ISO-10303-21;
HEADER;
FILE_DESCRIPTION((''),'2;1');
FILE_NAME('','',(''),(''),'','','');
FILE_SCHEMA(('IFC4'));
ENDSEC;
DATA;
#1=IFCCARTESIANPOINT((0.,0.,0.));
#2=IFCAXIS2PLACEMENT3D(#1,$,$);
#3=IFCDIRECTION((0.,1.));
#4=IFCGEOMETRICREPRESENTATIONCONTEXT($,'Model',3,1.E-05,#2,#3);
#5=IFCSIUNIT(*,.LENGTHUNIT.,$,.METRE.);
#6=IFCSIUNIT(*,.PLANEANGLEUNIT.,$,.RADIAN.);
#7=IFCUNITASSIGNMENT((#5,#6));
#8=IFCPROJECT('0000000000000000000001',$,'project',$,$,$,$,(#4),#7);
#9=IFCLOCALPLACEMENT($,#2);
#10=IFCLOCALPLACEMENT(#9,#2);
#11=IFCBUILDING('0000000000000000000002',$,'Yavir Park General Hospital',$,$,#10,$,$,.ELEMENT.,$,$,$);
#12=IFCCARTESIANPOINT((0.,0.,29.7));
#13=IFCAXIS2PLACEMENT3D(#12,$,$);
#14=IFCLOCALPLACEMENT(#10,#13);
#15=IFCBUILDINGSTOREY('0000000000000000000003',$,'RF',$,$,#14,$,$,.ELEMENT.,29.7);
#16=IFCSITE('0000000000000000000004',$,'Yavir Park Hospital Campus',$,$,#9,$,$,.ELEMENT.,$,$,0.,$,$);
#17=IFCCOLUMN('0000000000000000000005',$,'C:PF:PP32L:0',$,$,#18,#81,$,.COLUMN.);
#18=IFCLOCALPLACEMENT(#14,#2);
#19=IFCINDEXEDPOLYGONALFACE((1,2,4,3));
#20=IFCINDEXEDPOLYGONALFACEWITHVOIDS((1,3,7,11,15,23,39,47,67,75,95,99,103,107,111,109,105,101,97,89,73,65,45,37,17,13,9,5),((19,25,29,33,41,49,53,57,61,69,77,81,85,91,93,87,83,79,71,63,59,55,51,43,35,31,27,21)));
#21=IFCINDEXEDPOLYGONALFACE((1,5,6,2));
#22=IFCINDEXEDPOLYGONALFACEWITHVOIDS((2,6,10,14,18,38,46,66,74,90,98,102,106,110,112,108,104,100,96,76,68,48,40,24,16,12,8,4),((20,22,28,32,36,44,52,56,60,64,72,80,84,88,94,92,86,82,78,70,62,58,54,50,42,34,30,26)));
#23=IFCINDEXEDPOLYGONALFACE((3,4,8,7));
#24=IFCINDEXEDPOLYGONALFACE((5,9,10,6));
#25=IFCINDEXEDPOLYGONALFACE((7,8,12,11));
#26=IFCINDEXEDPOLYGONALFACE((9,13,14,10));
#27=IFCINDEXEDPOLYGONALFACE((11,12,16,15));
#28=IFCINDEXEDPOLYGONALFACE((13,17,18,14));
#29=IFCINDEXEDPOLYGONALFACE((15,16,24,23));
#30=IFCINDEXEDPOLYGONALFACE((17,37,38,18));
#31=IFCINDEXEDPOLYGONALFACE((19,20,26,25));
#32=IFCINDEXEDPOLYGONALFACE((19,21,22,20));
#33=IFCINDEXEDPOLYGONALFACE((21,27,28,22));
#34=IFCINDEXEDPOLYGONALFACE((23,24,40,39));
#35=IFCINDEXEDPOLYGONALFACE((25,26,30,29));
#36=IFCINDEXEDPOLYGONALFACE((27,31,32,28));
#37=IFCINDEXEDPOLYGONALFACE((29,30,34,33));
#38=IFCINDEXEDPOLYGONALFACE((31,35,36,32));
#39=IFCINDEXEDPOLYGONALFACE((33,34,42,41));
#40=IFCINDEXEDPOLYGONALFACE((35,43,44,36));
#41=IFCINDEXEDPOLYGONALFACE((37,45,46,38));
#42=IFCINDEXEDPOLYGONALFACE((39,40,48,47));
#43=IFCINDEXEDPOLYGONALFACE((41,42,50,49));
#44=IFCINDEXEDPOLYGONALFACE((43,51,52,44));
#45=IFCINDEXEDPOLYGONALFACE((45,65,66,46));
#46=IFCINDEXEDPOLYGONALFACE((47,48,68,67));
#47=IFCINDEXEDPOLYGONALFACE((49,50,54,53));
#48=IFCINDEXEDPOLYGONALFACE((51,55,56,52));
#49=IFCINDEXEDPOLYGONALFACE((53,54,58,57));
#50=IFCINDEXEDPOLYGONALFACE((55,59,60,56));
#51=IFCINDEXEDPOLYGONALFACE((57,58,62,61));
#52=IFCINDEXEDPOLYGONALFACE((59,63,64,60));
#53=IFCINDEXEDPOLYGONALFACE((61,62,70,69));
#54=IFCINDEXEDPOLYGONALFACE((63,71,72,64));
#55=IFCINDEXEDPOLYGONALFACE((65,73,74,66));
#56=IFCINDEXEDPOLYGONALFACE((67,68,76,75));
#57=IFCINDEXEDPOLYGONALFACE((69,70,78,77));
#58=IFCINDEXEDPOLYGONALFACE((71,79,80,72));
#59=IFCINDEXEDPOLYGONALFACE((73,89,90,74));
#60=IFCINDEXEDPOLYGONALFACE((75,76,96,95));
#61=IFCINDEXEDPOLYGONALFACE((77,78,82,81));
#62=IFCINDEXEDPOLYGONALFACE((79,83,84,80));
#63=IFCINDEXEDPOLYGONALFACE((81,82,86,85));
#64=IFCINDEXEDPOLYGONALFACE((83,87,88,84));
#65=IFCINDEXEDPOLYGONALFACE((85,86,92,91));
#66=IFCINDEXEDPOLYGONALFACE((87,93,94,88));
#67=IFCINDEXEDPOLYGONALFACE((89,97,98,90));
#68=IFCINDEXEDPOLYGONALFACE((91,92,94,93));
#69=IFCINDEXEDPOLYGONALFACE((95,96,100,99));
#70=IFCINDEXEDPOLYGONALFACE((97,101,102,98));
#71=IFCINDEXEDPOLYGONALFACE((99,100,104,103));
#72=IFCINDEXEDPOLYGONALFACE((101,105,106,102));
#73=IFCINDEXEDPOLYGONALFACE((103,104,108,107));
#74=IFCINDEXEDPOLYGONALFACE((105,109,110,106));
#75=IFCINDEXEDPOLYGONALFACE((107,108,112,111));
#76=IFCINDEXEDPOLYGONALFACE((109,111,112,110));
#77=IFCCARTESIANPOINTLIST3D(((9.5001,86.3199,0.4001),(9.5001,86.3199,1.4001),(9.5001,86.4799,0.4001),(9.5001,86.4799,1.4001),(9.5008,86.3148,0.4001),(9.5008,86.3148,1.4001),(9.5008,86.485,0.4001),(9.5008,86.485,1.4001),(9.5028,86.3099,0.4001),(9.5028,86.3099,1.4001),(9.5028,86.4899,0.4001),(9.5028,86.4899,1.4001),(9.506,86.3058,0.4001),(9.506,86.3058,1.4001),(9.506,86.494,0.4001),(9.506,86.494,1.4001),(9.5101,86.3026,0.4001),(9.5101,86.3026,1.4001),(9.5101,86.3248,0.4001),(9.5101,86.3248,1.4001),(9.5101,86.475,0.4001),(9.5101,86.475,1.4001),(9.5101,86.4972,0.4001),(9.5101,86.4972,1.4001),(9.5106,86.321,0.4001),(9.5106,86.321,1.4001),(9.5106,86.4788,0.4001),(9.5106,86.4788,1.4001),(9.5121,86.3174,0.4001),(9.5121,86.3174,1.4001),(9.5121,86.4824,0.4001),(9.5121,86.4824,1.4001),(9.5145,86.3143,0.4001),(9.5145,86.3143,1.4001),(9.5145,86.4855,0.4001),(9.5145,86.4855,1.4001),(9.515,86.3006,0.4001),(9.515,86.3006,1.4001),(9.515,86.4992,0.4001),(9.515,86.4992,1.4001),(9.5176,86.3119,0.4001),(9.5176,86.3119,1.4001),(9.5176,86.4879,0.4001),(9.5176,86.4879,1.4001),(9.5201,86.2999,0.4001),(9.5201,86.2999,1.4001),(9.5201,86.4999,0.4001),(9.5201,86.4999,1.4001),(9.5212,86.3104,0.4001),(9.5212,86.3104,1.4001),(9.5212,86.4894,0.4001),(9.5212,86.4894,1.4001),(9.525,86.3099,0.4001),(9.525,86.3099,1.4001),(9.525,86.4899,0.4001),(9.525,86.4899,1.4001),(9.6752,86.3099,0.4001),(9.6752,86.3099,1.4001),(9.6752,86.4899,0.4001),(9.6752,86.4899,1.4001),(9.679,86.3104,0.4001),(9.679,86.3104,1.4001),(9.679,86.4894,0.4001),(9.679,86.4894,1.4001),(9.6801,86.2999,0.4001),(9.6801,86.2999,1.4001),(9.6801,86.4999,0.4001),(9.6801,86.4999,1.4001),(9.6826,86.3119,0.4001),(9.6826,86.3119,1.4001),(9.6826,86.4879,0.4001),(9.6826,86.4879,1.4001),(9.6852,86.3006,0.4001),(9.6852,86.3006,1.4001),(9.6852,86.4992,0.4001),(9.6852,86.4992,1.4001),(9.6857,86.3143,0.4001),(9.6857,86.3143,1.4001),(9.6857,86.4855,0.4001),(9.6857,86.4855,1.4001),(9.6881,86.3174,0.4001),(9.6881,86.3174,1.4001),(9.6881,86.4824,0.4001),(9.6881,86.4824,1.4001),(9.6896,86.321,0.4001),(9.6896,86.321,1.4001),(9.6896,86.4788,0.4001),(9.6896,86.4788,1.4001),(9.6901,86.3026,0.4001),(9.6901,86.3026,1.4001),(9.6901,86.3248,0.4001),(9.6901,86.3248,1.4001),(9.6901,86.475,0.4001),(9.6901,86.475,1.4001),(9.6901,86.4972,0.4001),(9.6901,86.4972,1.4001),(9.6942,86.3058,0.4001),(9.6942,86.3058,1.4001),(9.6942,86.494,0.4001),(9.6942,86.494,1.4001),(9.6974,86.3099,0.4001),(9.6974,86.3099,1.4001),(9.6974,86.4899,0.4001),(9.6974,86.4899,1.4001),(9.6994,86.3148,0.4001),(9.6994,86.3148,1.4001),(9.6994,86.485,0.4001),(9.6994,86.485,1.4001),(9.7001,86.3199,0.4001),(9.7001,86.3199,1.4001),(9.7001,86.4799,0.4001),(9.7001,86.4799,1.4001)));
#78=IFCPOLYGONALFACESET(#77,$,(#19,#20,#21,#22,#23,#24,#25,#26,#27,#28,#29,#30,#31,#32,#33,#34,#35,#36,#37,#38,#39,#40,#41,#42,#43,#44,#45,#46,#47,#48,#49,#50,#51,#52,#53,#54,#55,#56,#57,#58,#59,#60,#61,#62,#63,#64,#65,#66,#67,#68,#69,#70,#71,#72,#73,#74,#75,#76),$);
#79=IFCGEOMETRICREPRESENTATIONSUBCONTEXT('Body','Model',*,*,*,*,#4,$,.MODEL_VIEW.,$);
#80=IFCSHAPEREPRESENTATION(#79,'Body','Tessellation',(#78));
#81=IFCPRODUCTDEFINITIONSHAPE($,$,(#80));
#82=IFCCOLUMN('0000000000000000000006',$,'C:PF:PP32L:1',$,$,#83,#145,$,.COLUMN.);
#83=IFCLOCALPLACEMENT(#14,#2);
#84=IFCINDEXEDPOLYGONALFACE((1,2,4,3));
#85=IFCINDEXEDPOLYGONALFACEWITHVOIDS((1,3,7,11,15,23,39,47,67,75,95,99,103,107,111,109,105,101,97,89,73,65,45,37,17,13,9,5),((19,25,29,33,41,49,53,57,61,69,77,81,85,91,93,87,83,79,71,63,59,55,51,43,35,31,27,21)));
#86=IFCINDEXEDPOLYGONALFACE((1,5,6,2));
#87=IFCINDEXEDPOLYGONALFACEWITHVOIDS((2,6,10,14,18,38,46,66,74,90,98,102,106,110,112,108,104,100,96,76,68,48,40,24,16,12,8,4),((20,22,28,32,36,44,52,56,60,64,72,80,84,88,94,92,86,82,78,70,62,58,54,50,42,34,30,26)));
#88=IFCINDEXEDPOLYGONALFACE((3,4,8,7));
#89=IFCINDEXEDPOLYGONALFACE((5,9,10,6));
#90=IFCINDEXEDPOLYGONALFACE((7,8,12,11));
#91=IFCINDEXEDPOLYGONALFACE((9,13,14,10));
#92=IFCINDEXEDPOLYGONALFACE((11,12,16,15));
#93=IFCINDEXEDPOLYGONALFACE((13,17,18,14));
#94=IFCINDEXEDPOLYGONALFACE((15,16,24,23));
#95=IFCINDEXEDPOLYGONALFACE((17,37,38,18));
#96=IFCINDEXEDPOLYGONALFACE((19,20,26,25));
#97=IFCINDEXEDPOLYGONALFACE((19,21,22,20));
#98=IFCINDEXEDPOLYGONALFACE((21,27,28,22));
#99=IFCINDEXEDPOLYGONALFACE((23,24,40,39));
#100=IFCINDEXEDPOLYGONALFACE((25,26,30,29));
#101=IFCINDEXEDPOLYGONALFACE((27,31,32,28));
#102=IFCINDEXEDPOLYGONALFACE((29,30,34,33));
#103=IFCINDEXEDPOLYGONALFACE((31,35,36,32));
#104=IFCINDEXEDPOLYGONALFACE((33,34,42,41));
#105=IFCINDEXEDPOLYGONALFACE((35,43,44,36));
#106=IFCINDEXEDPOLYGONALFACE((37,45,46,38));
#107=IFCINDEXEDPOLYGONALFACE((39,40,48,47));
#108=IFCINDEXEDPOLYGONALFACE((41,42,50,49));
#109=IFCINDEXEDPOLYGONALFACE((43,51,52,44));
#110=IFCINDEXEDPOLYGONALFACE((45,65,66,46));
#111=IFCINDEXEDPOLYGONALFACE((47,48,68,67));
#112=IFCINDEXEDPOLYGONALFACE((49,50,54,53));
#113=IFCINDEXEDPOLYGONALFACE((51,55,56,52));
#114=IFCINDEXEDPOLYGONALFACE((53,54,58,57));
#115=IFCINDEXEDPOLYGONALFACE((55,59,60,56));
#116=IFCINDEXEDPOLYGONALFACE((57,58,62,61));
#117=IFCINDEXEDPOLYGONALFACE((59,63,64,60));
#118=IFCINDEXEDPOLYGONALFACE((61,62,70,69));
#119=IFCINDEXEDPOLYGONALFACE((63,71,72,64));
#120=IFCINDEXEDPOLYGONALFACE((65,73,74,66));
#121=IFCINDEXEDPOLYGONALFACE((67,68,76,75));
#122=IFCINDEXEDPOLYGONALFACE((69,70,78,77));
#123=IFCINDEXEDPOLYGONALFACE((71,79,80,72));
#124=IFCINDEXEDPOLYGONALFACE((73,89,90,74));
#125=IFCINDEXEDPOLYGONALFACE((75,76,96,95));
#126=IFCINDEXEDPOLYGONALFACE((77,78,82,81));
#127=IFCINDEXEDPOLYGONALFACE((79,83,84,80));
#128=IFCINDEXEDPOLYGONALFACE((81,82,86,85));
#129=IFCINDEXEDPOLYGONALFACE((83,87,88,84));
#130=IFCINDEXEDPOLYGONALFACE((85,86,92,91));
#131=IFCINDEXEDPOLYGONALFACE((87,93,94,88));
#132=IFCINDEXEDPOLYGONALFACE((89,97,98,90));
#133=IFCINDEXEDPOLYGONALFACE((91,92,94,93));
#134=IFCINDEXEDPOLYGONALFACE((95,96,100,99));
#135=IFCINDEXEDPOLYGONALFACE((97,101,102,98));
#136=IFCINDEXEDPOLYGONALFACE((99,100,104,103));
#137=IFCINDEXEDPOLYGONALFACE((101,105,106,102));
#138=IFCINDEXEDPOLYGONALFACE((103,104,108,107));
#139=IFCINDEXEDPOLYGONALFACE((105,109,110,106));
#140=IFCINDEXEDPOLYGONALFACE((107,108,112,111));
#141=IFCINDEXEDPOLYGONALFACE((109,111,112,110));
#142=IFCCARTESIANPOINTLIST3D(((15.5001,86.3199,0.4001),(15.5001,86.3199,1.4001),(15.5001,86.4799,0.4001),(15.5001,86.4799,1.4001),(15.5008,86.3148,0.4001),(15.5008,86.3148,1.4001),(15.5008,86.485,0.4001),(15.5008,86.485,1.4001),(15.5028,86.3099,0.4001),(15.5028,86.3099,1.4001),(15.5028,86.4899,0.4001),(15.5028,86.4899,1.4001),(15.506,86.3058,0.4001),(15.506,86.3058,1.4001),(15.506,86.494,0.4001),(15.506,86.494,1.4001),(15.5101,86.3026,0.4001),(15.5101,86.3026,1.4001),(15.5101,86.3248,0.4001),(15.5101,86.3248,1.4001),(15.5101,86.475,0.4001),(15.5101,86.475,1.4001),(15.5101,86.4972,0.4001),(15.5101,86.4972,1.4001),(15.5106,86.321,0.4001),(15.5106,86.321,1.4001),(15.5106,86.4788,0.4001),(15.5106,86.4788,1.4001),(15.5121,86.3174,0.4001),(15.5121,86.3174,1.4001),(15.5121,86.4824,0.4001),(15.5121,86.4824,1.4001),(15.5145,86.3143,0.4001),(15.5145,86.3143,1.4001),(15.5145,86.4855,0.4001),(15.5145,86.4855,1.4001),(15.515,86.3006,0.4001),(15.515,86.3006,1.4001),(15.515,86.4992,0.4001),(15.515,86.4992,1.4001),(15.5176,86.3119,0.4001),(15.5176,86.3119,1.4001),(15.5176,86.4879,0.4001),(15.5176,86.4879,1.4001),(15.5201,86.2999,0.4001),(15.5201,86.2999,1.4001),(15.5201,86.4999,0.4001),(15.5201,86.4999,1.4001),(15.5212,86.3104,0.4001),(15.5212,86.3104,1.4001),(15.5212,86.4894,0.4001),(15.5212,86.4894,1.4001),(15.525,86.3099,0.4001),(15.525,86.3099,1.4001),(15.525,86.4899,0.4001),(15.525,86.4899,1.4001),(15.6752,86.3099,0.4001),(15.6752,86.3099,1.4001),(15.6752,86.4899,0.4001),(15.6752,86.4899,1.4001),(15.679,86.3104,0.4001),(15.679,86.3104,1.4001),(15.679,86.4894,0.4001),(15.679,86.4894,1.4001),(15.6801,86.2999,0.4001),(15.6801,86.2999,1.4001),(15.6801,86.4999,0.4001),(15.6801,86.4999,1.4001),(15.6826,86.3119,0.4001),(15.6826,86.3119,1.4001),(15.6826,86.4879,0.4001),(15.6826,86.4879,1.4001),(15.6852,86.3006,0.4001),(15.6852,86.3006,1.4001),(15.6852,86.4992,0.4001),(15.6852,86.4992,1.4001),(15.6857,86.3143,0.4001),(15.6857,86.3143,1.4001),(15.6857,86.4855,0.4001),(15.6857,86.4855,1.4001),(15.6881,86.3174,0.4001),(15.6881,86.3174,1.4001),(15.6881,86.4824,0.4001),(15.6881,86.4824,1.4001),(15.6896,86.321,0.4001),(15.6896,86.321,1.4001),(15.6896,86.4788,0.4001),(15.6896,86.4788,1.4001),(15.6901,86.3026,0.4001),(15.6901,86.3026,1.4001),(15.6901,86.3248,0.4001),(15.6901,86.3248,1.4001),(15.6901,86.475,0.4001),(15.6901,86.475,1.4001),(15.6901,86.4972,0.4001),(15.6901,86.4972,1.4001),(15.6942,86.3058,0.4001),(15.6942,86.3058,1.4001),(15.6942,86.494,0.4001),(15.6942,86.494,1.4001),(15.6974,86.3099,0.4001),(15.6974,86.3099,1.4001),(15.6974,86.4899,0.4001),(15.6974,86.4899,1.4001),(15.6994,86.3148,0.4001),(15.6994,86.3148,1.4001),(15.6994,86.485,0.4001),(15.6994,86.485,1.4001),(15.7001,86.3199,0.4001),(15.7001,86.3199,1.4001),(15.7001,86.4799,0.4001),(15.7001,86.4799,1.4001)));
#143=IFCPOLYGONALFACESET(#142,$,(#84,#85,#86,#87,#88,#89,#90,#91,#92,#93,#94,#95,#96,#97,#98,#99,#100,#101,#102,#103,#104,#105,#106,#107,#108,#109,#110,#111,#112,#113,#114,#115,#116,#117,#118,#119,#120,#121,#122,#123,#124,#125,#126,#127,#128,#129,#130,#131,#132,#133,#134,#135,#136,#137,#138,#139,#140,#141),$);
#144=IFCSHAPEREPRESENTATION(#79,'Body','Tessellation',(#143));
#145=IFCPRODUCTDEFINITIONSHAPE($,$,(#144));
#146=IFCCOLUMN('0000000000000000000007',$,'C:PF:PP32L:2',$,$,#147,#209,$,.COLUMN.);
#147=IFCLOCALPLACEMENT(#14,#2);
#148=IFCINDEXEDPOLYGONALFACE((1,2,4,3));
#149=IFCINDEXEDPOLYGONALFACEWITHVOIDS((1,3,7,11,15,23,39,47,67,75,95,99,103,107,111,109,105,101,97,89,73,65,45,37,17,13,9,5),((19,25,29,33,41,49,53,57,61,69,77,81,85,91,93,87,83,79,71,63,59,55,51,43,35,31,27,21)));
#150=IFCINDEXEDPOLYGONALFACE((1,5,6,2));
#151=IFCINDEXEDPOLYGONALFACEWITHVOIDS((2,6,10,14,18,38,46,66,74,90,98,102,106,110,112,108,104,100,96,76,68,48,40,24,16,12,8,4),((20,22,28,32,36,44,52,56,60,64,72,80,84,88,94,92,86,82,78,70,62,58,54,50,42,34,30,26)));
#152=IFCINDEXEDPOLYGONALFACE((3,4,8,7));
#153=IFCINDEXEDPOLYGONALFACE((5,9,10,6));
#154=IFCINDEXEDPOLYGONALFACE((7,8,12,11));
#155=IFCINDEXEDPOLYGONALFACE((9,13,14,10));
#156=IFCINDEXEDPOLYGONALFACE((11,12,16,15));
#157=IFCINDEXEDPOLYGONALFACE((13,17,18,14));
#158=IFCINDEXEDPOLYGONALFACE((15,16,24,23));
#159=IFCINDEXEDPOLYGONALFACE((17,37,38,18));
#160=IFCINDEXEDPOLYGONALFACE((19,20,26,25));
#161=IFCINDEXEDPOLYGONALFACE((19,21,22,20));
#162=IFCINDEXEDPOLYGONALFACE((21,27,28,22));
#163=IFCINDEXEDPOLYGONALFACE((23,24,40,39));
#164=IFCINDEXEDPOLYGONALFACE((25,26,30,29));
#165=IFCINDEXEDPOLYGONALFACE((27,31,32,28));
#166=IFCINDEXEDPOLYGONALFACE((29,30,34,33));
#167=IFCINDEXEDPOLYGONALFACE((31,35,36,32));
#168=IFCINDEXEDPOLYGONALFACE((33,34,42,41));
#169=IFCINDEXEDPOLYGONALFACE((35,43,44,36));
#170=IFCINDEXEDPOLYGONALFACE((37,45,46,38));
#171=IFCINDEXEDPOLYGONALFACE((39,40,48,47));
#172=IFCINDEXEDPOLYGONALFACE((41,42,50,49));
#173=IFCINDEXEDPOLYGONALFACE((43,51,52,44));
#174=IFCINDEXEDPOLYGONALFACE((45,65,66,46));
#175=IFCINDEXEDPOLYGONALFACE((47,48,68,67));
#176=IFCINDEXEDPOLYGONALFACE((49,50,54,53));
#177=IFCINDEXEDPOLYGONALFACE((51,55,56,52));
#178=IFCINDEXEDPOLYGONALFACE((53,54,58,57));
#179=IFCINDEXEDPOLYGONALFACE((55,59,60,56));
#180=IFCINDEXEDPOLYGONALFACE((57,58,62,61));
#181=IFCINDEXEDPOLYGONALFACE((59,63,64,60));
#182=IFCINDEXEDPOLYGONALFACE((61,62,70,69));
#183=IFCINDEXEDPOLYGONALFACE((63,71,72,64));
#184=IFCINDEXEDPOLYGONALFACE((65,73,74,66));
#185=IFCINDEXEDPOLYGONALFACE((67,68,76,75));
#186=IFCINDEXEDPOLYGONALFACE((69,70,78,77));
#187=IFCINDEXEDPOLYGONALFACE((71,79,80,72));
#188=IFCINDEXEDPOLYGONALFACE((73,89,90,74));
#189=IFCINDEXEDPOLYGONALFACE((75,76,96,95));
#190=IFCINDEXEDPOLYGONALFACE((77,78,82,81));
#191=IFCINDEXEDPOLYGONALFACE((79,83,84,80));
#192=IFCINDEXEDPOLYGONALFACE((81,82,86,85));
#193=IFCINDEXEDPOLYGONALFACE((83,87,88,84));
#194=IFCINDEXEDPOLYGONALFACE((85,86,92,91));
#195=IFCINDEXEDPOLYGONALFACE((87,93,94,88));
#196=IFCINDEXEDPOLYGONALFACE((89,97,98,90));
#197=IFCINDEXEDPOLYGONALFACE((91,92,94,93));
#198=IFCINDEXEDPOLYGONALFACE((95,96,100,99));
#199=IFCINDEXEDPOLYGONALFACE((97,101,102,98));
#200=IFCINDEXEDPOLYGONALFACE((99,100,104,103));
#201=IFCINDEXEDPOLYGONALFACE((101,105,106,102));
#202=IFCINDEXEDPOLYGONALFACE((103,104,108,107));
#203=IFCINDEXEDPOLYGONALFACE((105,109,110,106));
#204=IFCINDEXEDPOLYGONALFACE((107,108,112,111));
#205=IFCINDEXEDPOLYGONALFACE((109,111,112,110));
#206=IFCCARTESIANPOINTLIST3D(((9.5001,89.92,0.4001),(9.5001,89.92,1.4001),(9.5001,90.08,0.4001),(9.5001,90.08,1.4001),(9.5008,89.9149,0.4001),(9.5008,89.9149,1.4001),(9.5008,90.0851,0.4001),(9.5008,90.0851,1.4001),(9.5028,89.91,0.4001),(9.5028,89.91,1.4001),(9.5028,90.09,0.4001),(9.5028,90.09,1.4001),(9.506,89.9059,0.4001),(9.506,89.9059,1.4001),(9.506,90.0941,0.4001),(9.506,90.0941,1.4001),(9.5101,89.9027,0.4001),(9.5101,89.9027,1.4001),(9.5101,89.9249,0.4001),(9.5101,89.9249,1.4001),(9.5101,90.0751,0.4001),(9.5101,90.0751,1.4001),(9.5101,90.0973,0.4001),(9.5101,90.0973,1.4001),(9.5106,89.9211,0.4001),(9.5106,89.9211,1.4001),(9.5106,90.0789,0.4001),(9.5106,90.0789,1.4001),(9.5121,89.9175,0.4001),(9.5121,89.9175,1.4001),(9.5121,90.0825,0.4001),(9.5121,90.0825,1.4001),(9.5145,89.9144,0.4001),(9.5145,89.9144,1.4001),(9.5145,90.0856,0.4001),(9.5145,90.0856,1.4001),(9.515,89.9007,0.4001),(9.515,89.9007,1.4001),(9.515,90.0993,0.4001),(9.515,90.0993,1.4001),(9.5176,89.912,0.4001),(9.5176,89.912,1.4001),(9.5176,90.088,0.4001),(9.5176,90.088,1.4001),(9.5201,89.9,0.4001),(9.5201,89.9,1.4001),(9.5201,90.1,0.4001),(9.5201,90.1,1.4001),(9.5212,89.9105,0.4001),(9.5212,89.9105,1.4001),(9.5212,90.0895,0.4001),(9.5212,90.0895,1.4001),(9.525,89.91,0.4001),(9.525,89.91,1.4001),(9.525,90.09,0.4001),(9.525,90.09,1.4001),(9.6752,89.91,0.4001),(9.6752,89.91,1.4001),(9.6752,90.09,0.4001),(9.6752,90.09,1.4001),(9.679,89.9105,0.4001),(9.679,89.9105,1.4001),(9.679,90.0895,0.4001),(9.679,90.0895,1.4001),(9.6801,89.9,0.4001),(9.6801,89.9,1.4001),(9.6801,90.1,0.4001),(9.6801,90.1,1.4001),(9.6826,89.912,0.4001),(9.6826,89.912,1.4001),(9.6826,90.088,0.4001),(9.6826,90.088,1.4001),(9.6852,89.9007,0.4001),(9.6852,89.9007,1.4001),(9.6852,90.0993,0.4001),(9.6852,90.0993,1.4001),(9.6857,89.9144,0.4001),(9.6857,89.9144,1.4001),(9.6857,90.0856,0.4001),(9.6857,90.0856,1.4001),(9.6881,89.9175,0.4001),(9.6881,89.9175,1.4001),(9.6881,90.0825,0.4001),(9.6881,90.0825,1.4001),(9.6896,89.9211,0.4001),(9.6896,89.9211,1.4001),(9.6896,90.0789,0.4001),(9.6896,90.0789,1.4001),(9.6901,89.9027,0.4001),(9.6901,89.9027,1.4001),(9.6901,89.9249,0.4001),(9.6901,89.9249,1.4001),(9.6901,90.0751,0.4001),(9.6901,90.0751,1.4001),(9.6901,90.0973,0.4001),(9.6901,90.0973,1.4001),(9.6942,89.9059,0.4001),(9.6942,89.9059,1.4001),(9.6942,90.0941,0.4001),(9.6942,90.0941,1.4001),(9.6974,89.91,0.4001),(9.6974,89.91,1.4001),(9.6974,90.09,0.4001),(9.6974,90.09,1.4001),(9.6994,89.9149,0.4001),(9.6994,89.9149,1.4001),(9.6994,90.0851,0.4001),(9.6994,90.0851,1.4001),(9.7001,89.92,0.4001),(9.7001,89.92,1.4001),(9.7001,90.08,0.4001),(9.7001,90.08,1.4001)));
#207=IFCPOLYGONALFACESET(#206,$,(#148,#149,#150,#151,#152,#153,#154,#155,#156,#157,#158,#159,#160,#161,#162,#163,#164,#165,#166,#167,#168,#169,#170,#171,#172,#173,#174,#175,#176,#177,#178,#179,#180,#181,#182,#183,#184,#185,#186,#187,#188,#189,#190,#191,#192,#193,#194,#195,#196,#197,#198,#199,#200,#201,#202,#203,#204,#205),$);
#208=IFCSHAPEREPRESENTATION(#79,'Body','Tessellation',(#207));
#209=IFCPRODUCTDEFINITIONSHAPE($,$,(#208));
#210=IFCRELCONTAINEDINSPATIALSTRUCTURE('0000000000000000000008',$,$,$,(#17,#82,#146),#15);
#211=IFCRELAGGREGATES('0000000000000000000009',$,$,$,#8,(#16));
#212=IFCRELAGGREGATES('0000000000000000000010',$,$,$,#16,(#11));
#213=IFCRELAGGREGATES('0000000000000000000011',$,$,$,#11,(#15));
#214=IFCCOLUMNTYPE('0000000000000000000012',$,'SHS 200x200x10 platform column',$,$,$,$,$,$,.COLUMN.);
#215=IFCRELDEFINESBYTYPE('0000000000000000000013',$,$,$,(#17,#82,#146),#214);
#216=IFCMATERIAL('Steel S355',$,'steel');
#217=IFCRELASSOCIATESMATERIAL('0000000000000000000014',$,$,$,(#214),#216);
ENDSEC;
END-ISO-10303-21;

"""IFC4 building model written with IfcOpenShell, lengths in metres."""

from ifc_helpers import new_model, si_unit, direction, frame, origin, origin_2d, place, context, subcontext, project, spatial, hollow_rectangle, extrude, material, material_profile, profile_set, type_object, element, save


model = new_model("IFC4")

# Units and contexts
model_context = context("Model", 3, precision=1e-05, world=origin(), true_north=direction((0.0, 1.0)))
body_context = subcontext(model_context, "Body", "Model", "MODEL_VIEW")
ifc_project = project(units=[si_unit("LENGTHUNIT", "METRE"), si_unit("PLANEANGLEUNIT", "RADIAN")], contexts=[model_context])

# Site, building, storey
site_placement = place(None, origin())
site = spatial("IfcSite", under=ifc_project, at=site_placement, Name="Yavir Park Hospital Campus", CompositionType="ELEMENT", RefElevation=0.0)
building_placement = place(site_placement, origin())
building = spatial("IfcBuilding", under=site, at=building_placement, Name="Yavir Park General Hospital", CompositionType="ELEMENT")
storey_placement = place(building_placement, frame((0.0, 0.0, 29.7)))
storey = spatial("IfcBuildingStorey", under=building, at=storey_placement, Name="RF", CompositionType="ELEMENT", Elevation=29.7)

# Columns
ifc_material_1 = material(Name="Steel S355", Category="steel")
ifc_material_profile_1 = material_profile(ifc_material_1, hollow_rectangle(XDim=0.2, YDim=0.2, WallThickness=0.01, InnerFilletRadius=0.0149, OuterFilletRadius=0.02, at=origin_2d()), Name="SHS200x200x10")
ifc_profile_set_1 = profile_set([ifc_material_profile_1], Name="Steel S355")
column_type_1 = type_object("IfcColumnType", Name="SHS 200x200x10 platform column", PredefinedType="COLUMN", material=ifc_profile_set_1)
for number, where, z_axis, x_axis, name in (
    (1, (9.6001, 86.3999, 0.4001), (0.0, 0.0, 1.0), (1.0, 0.0, 0.0), "C:PF:PP32L:0"),
    (2, (15.6001, 86.3999, 0.4001), (0.0, 0.0, 1.0), (1.0, 0.0, 0.0), "C:PF:PP32L:1"),
    (3, (9.6001, 90.0, 0.4001), (0.0, 0.0, 1.0), (1.0, 0.0, 0.0), "C:PF:PP32L:2"),
):
    element("IfcColumn", number, at=place(storey_placement, frame(where, z_axis=z_axis, x_axis=x_axis)), inside=storey, type_object=column_type_1, Name=name, PredefinedType="COLUMN", context=body_context, shape_type="SweptSolid", body=[
        extrude(hollow_rectangle(XDim=0.2, YDim=0.2, WallThickness=0.01, InnerFilletRadius=0.0149, OuterFilletRadius=0.02, at=origin_2d()), origin(), (0.0, 0.0, 1.0), 1.0),
    ])

save(model, "model.ifc")
